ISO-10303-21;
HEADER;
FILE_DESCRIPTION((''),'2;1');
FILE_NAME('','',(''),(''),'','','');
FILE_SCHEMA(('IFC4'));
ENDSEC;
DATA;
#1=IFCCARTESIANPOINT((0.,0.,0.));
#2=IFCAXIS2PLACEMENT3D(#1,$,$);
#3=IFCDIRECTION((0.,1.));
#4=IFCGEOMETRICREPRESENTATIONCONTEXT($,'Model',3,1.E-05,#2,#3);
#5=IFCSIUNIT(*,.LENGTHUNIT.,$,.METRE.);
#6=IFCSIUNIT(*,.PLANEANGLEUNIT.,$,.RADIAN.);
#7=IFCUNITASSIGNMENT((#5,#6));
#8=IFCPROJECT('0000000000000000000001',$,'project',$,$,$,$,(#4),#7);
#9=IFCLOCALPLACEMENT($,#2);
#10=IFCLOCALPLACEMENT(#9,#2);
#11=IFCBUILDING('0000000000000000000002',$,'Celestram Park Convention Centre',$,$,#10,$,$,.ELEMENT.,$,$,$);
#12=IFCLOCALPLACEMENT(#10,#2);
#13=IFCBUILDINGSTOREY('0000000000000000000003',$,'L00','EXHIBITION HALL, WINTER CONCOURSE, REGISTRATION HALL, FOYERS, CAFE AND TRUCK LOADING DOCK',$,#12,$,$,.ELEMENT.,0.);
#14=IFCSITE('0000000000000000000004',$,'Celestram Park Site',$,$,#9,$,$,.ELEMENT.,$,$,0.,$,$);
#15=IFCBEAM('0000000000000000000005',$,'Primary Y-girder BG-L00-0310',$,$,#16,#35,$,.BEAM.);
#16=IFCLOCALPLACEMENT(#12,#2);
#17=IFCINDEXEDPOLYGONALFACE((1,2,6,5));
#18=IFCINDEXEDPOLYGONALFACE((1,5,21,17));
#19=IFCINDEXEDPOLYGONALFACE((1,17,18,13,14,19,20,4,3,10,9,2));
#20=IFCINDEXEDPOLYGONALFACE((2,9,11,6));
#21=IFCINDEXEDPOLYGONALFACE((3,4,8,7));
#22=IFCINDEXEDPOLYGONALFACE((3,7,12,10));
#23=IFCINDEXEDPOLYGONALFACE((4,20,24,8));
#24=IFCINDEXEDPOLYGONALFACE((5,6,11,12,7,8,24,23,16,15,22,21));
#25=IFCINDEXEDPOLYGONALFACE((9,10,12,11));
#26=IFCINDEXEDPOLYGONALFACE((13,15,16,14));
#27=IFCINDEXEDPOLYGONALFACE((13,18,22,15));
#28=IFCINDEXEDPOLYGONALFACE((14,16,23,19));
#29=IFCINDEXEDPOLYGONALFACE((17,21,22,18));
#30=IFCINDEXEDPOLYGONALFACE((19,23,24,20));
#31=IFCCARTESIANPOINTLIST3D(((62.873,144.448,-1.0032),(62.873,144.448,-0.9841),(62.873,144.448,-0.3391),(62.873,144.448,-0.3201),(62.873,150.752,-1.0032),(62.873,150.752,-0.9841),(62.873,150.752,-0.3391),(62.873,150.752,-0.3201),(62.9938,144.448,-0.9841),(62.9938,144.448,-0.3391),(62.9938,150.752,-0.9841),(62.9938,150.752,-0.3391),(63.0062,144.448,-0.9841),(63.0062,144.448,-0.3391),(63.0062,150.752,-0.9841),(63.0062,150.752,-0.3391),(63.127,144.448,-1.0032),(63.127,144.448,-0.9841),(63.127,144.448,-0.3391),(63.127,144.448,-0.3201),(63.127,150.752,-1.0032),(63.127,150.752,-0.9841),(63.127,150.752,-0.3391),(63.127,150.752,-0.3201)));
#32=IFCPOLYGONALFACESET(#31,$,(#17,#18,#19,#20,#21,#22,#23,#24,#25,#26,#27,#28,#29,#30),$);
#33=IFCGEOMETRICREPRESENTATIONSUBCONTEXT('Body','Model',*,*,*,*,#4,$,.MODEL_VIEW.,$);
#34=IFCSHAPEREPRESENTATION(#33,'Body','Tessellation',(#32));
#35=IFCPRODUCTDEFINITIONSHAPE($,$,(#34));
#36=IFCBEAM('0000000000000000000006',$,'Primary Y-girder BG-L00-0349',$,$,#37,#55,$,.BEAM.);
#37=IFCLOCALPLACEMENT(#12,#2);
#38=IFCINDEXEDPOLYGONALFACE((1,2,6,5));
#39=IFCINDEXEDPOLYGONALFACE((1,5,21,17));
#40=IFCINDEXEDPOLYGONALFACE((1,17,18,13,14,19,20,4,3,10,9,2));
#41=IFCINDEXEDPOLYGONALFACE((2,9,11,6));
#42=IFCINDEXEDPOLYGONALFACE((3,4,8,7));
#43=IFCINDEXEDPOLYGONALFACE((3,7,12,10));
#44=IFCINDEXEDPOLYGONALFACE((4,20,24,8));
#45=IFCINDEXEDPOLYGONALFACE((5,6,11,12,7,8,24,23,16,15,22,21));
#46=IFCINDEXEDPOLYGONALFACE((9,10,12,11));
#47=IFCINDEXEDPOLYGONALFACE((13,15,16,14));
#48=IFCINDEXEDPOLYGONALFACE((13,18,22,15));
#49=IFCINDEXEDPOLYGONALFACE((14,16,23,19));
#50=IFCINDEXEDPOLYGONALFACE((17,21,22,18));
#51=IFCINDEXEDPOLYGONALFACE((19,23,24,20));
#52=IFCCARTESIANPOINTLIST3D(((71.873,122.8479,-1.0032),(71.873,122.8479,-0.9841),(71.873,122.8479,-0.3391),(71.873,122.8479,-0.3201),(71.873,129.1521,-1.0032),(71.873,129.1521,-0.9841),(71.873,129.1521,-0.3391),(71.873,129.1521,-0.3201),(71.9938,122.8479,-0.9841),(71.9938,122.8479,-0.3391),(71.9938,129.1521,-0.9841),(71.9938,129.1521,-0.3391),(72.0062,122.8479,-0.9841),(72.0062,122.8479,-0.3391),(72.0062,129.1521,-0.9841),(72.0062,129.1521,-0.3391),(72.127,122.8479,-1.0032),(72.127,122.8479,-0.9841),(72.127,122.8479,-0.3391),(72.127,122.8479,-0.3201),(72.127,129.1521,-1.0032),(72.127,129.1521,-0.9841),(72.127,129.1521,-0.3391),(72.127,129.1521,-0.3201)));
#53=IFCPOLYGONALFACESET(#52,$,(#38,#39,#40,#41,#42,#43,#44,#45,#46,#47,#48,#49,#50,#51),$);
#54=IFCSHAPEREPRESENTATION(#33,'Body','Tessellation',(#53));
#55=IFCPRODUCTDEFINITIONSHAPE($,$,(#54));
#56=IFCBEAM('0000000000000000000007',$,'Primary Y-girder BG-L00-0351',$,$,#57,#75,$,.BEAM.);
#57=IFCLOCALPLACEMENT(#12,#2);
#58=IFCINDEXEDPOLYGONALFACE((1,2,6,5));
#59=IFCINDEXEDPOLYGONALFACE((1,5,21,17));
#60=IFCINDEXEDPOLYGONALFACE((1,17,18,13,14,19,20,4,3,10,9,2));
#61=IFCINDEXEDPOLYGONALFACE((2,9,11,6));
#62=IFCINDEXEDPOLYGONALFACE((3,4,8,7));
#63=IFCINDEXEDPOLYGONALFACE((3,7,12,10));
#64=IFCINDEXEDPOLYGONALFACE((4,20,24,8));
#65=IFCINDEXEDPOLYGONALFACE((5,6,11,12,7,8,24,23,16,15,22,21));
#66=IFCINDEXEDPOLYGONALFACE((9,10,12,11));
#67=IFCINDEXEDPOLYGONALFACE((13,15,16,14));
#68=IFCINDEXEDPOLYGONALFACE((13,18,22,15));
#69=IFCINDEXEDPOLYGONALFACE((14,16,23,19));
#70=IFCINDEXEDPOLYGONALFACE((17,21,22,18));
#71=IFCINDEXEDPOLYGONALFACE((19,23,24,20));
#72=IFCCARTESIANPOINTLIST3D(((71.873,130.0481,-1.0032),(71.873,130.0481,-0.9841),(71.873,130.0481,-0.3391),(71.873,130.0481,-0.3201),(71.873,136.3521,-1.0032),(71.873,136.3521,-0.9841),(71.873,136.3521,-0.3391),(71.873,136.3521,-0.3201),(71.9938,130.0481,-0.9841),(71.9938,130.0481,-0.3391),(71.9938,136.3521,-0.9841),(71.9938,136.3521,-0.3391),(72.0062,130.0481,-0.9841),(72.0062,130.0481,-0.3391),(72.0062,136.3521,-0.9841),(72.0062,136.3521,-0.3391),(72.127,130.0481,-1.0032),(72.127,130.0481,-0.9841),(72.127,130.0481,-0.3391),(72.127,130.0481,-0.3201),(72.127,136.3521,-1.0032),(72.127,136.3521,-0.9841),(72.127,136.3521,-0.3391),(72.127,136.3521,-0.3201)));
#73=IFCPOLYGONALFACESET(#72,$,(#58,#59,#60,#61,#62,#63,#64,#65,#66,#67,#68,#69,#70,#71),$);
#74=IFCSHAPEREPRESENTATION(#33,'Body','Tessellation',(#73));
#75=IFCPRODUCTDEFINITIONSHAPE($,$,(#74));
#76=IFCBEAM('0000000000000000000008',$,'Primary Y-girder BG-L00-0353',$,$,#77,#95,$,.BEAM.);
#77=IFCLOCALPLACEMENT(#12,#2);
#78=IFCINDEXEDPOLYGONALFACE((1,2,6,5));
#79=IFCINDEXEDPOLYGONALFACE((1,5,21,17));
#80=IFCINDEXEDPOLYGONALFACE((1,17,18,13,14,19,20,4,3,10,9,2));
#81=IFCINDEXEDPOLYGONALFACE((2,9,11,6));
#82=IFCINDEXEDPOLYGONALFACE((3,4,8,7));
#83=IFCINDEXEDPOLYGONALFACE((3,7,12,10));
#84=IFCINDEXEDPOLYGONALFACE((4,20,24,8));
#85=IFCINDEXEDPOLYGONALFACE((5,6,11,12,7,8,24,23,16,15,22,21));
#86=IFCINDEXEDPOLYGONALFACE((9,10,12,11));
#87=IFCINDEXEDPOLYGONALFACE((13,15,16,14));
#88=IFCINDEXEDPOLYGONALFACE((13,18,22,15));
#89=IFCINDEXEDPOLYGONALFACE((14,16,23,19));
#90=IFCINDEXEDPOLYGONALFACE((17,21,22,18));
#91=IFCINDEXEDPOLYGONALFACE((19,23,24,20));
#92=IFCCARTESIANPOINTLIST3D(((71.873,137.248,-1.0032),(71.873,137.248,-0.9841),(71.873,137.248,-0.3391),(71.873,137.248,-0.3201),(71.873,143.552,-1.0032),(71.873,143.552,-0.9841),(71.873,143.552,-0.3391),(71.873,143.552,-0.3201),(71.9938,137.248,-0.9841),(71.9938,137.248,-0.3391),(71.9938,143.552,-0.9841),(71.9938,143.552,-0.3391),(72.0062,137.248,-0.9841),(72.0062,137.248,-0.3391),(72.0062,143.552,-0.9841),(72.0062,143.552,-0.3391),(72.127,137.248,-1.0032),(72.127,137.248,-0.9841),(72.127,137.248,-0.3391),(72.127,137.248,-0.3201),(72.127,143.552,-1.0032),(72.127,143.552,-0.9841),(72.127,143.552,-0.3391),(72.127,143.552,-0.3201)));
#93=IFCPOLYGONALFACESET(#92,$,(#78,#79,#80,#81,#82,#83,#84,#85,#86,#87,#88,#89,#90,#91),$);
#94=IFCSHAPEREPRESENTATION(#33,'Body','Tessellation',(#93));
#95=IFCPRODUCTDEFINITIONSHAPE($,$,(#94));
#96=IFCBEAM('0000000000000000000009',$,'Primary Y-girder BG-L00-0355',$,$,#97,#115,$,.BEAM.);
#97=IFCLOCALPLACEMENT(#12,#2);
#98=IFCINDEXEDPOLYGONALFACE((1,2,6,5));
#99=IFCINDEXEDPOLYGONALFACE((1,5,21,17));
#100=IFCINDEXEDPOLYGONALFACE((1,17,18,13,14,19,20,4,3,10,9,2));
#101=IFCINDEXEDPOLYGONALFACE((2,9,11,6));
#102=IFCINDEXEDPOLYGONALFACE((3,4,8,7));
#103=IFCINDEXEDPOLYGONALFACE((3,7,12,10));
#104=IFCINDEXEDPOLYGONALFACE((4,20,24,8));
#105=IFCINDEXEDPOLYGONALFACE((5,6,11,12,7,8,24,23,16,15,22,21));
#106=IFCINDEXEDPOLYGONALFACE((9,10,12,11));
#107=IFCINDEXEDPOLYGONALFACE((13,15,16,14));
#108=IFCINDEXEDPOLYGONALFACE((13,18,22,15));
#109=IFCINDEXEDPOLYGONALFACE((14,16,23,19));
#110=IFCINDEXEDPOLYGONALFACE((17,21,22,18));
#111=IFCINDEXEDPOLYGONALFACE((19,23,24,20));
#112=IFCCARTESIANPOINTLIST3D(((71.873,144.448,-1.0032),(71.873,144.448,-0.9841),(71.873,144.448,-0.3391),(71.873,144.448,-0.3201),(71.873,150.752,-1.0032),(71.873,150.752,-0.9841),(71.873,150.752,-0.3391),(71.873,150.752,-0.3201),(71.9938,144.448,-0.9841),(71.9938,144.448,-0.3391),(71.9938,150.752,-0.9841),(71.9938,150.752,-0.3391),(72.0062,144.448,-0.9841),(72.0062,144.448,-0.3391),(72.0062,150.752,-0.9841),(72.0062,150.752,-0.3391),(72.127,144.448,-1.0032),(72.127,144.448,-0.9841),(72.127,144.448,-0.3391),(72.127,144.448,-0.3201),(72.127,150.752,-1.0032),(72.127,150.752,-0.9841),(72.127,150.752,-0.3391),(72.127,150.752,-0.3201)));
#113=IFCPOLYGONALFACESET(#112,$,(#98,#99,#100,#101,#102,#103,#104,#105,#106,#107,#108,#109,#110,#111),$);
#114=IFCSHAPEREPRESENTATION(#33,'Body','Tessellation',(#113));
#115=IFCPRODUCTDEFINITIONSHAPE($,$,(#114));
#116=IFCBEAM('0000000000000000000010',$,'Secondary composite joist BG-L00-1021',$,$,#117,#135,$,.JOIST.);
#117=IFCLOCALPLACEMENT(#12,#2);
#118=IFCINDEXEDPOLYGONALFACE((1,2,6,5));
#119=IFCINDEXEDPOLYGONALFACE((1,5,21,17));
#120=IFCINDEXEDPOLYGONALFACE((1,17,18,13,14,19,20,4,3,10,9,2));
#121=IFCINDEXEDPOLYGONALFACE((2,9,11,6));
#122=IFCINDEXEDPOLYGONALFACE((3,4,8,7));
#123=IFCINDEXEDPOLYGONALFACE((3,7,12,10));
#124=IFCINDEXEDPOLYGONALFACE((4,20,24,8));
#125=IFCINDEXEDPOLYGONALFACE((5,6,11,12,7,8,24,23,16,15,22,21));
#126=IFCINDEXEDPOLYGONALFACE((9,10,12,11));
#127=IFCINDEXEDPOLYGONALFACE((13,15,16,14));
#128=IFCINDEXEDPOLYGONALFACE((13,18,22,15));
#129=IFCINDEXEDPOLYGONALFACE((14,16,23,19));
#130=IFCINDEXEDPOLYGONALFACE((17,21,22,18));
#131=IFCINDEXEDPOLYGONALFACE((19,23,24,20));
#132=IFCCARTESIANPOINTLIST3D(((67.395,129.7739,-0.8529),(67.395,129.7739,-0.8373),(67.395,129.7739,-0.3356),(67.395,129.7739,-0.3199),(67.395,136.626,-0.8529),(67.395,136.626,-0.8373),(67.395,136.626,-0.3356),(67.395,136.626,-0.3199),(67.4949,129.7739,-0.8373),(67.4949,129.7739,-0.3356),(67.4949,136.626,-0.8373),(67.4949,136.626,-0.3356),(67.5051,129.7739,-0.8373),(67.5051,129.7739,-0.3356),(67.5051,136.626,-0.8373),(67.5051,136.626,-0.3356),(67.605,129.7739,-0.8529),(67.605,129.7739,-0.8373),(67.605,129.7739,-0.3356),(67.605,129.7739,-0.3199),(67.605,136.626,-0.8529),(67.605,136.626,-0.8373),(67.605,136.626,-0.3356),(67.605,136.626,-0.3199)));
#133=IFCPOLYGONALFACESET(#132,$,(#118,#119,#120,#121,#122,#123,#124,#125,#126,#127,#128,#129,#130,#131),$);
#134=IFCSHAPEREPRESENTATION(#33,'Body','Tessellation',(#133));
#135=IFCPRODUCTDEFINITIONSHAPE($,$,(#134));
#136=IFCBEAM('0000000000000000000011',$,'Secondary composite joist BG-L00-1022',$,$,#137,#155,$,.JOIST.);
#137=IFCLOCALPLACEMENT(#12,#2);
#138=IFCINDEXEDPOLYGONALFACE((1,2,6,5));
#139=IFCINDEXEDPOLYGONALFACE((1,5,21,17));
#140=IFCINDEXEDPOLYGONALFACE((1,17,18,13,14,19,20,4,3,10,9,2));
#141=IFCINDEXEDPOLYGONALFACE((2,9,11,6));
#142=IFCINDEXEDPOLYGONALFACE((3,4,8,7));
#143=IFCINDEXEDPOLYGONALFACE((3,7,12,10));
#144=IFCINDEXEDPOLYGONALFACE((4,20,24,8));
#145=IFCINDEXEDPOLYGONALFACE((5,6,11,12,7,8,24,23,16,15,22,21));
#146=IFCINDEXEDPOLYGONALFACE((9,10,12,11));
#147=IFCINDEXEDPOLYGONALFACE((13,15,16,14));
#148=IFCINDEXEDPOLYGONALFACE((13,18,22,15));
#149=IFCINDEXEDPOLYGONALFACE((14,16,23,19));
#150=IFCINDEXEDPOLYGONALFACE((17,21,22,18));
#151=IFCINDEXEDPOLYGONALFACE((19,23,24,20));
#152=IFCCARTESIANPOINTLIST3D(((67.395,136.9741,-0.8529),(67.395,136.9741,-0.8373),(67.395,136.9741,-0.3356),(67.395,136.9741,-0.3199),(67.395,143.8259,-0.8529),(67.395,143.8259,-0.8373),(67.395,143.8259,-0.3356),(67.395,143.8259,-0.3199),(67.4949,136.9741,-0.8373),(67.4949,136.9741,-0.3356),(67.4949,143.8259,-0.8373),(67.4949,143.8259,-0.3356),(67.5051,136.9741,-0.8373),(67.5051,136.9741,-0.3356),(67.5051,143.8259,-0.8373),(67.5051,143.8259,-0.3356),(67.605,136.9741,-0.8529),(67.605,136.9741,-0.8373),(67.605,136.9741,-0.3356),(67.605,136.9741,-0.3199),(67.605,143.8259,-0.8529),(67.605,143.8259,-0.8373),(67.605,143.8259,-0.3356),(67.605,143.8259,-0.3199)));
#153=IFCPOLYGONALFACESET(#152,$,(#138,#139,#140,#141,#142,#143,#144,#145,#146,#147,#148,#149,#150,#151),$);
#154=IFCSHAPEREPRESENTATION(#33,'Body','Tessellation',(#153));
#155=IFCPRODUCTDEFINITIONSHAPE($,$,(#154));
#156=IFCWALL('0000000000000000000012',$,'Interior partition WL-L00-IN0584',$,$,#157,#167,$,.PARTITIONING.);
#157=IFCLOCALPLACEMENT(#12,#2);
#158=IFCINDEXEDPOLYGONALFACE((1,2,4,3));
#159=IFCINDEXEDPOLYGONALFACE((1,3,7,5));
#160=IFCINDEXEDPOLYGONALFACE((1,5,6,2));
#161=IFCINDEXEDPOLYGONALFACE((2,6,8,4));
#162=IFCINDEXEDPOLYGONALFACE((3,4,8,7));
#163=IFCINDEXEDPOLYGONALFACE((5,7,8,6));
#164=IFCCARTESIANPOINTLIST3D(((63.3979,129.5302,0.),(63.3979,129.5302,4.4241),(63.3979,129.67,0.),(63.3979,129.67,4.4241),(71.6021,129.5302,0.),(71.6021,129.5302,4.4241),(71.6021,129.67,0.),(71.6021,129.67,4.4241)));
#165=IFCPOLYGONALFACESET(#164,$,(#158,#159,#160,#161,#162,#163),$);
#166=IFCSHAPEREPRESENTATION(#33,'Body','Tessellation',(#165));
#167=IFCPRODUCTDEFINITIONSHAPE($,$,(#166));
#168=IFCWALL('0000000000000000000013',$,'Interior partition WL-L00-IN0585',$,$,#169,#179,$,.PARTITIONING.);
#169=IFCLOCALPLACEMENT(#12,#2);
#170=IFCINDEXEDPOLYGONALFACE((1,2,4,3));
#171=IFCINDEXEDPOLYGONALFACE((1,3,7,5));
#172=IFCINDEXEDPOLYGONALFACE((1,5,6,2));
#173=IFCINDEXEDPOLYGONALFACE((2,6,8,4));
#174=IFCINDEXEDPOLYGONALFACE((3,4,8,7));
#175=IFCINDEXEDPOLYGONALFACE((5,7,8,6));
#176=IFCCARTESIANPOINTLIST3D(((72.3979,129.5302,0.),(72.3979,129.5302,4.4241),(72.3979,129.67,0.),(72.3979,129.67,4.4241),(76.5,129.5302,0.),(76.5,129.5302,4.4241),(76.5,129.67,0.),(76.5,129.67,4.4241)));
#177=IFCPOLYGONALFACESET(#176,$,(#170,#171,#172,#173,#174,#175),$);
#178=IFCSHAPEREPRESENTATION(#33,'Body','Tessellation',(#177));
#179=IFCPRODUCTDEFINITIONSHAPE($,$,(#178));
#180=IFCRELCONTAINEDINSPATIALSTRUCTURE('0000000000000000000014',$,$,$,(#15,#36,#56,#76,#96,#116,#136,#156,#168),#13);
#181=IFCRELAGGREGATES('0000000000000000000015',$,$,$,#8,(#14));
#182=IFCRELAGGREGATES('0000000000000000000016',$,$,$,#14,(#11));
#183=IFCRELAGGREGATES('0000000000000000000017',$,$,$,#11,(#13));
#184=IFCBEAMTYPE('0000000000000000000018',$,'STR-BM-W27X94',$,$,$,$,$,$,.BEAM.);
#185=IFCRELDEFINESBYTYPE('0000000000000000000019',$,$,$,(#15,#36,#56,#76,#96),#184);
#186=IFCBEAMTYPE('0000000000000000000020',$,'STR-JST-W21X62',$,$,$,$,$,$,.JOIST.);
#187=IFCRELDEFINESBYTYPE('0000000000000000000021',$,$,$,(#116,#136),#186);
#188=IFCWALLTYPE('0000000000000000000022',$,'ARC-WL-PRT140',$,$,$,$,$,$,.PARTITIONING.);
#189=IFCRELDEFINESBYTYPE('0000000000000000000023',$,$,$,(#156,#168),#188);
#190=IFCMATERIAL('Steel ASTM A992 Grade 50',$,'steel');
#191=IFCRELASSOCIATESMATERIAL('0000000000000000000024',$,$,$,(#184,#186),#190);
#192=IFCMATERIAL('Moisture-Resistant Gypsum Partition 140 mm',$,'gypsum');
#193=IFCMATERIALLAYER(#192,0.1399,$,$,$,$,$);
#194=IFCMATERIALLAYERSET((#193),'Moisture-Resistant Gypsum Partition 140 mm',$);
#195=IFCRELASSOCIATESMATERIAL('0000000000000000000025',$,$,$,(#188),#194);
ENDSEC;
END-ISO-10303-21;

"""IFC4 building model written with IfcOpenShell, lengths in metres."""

from ifc_helpers import new_model, si_unit, direction, frame, frame_2d, origin, origin_2d, place, context, subcontext, project, spatial, rectangle, i_section, extrude, material, layer, layer_set, material_profile, profile_set, type_object, element, save


model = new_model("IFC4")

# Units and contexts
model_context = context("Model", 3, precision=1e-05, world=origin(), true_north=direction((0.0, 1.0)))
body_context = subcontext(model_context, "Body", "Model", "MODEL_VIEW")
ifc_project = project(units=[si_unit("LENGTHUNIT", "METRE"), si_unit("PLANEANGLEUNIT", "RADIAN")], contexts=[model_context])

# Site, building, storey
site_placement = place(None, origin())
site = spatial("IfcSite", under=ifc_project, at=site_placement, Name="Celestram Park Site", CompositionType="ELEMENT", RefElevation=0.0)
building_placement = place(site_placement, origin())
building = spatial("IfcBuilding", under=site, at=building_placement, Name="Celestram Park Convention Centre", CompositionType="ELEMENT")
storey_placement = place(building_placement, origin())
storey = spatial("IfcBuildingStorey", under=building, at=storey_placement, Name="L00", Description="EXHIBITION HALL, WINTER CONCOURSE, REGISTRATION HALL, FOYERS, CAFE AND TRUCK LOADING DOCK", CompositionType="ELEMENT", Elevation=0.0)

# Beams
ifc_material_1 = material(Name="Steel ASTM A992 Grade 50", Category="steel")
ifc_material_profile_1 = material_profile(ifc_material_1, i_section(OverallWidth=0.2539, OverallDepth=0.6831, WebThickness=0.0125, FlangeThickness=0.019, at=origin_2d()), Name="W27X94")
ifc_profile_set_1 = profile_set([ifc_material_profile_1], Name="Steel ASTM A992 Grade 50")
beam_type_1 = type_object("IfcBeamType", Name="STR-BM-W27X94", PredefinedType="BEAM", material=ifc_profile_set_1)
for number, where, z_axis, x_axis, name in (
    (1, (63.0, 144.448, -0.6616), (0.0, 1.0, 0.0), (-1.0, 0.0, 0.0), "Primary Y-girder BG-L00-0310"),
):
    element("IfcBeam", number, at=place(storey_placement, frame(where, z_axis=z_axis, x_axis=x_axis)), inside=storey, type_object=beam_type_1, Name=name, PredefinedType="BEAM", context=body_context, shape_type="SweptSolid", body=[
        extrude(i_section(OverallWidth=0.2539, OverallDepth=0.6831, WebThickness=0.0125, FlangeThickness=0.019, at=origin_2d()), origin(), (0.0, 0.0, 1.0), 6.304),
    ])
beam_1_placement = place(storey_placement, frame((72.0, 122.8479, -0.6616), z_axis=(0.0, 1.0, 0.0), x_axis=(-1.0, 0.0, 0.0)))
element("IfcBeam", 2, at=beam_1_placement, inside=storey, type_object=beam_type_1, Name="Primary Y-girder BG-L00-0349", PredefinedType="BEAM", context=body_context, shape_type="SweptSolid", body=[
    extrude(i_section(OverallWidth=0.2539, OverallDepth=0.6831, WebThickness=0.0125, FlangeThickness=0.019, at=origin_2d()), origin(), (0.0, 0.0, 1.0), 6.3042),
])
for number, where, z_axis, x_axis, name in (
    (3, (72.0, 130.0481, -0.6616), (0.0, 1.0, 0.0), (-1.0, 0.0, 0.0), "Primary Y-girder BG-L00-0351"),
    (4, (72.0, 137.248, -0.6616), (0.0, 1.0, 0.0), (-1.0, 0.0, 0.0), "Primary Y-girder BG-L00-0353"),
    (5, (72.0, 144.448, -0.6616), (0.0, 1.0, 0.0), (-1.0, 0.0, 0.0), "Primary Y-girder BG-L00-0355"),
):
    element("IfcBeam", number, at=place(storey_placement, frame(where, z_axis=z_axis, x_axis=x_axis)), inside=storey, type_object=beam_type_1, Name=name, PredefinedType="BEAM", context=body_context, shape_type="SweptSolid", body=[
        extrude(i_section(OverallWidth=0.2539, OverallDepth=0.6831, WebThickness=0.0125, FlangeThickness=0.019, at=origin_2d()), origin(), (0.0, 0.0, 1.0), 6.304),
    ])
ifc_material_profile_2 = material_profile(ifc_material_1, i_section(OverallWidth=0.21, OverallDepth=0.533, WebThickness=0.0103, FlangeThickness=0.0156, at=origin_2d()), Name="W21X62")
ifc_profile_set_2 = profile_set([ifc_material_profile_2], Name="Steel ASTM A992 Grade 50")
beam_type_2 = type_object("IfcBeamType", Name="STR-JST-W21X62", PredefinedType="JOIST", material=ifc_profile_set_2)
beam_2_placement = place(storey_placement, frame((67.5, 129.7739, -0.5864), z_axis=(0.0, 1.0, 0.0), x_axis=(-1.0, 0.0, 0.0)))
element("IfcBeam", 6, at=beam_2_placement, inside=storey, type_object=beam_type_2, Name="Secondary composite joist BG-L00-1021", PredefinedType="JOIST", context=body_context, shape_type="SweptSolid", body=[
    extrude(i_section(OverallWidth=0.21, OverallDepth=0.533, WebThickness=0.0103, FlangeThickness=0.0156, at=origin_2d()), origin(), (0.0, 0.0, 1.0), 6.8521),
])
beam_3_placement = place(storey_placement, frame((67.5, 136.9741, -0.5864), z_axis=(0.0, 1.0, 0.0), x_axis=(-1.0, 0.0, 0.0)))
element("IfcBeam", 7, at=beam_3_placement, inside=storey, type_object=beam_type_2, Name="Secondary composite joist BG-L00-1022", PredefinedType="JOIST", context=body_context, shape_type="SweptSolid", body=[
    extrude(i_section(OverallWidth=0.21, OverallDepth=0.533, WebThickness=0.0103, FlangeThickness=0.0156, at=origin_2d()), origin(), (0.0, 0.0, 1.0), 6.8518),
])

# Walls
ifc_material_2 = material(Name="Moisture-Resistant Gypsum Partition 140 mm", Category="gypsum")
ifc_layer_1 = layer(ifc_material_2, 0.1399)
ifc_layer_set_1 = layer_set([ifc_layer_1], Name="Moisture-Resistant Gypsum Partition 140 mm")
wall_type_1 = type_object("IfcWallType", Name="ARC-WL-PRT140", PredefinedType="PARTITIONING", material=ifc_layer_set_1)
wall_1_placement = place(storey_placement, frame((63.3979, 129.6001, 0.0), z_axis=(0.0, 0.0, 1.0), x_axis=(1.0, 0.0, 0.0)))
element("IfcWall", 8, at=wall_1_placement, inside=storey, type_object=wall_type_1, Name="Interior partition WL-L00-IN0584", PredefinedType="PARTITIONING", context=body_context, shape_type="SweptSolid", body=[
    extrude(rectangle(XDim=8.2041, YDim=0.1399, at=frame_2d((4.1021, 0.0))), origin(), (0.0, 0.0, 1.0), 4.4241),
])
wall_2_placement = place(storey_placement, frame((72.3979, 129.6001, 0.0), z_axis=(0.0, 0.0, 1.0), x_axis=(1.0, 0.0, 0.0)))
element("IfcWall", 9, at=wall_2_placement, inside=storey, type_object=wall_type_1, Name="Interior partition WL-L00-IN0585", PredefinedType="PARTITIONING", context=body_context, shape_type="SweptSolid", body=[
    extrude(rectangle(XDim=4.1021, YDim=0.1399, at=frame_2d((2.051, 0.0))), origin(), (0.0, 0.0, 1.0), 4.4241),
])

save(model, "model.ifc")
